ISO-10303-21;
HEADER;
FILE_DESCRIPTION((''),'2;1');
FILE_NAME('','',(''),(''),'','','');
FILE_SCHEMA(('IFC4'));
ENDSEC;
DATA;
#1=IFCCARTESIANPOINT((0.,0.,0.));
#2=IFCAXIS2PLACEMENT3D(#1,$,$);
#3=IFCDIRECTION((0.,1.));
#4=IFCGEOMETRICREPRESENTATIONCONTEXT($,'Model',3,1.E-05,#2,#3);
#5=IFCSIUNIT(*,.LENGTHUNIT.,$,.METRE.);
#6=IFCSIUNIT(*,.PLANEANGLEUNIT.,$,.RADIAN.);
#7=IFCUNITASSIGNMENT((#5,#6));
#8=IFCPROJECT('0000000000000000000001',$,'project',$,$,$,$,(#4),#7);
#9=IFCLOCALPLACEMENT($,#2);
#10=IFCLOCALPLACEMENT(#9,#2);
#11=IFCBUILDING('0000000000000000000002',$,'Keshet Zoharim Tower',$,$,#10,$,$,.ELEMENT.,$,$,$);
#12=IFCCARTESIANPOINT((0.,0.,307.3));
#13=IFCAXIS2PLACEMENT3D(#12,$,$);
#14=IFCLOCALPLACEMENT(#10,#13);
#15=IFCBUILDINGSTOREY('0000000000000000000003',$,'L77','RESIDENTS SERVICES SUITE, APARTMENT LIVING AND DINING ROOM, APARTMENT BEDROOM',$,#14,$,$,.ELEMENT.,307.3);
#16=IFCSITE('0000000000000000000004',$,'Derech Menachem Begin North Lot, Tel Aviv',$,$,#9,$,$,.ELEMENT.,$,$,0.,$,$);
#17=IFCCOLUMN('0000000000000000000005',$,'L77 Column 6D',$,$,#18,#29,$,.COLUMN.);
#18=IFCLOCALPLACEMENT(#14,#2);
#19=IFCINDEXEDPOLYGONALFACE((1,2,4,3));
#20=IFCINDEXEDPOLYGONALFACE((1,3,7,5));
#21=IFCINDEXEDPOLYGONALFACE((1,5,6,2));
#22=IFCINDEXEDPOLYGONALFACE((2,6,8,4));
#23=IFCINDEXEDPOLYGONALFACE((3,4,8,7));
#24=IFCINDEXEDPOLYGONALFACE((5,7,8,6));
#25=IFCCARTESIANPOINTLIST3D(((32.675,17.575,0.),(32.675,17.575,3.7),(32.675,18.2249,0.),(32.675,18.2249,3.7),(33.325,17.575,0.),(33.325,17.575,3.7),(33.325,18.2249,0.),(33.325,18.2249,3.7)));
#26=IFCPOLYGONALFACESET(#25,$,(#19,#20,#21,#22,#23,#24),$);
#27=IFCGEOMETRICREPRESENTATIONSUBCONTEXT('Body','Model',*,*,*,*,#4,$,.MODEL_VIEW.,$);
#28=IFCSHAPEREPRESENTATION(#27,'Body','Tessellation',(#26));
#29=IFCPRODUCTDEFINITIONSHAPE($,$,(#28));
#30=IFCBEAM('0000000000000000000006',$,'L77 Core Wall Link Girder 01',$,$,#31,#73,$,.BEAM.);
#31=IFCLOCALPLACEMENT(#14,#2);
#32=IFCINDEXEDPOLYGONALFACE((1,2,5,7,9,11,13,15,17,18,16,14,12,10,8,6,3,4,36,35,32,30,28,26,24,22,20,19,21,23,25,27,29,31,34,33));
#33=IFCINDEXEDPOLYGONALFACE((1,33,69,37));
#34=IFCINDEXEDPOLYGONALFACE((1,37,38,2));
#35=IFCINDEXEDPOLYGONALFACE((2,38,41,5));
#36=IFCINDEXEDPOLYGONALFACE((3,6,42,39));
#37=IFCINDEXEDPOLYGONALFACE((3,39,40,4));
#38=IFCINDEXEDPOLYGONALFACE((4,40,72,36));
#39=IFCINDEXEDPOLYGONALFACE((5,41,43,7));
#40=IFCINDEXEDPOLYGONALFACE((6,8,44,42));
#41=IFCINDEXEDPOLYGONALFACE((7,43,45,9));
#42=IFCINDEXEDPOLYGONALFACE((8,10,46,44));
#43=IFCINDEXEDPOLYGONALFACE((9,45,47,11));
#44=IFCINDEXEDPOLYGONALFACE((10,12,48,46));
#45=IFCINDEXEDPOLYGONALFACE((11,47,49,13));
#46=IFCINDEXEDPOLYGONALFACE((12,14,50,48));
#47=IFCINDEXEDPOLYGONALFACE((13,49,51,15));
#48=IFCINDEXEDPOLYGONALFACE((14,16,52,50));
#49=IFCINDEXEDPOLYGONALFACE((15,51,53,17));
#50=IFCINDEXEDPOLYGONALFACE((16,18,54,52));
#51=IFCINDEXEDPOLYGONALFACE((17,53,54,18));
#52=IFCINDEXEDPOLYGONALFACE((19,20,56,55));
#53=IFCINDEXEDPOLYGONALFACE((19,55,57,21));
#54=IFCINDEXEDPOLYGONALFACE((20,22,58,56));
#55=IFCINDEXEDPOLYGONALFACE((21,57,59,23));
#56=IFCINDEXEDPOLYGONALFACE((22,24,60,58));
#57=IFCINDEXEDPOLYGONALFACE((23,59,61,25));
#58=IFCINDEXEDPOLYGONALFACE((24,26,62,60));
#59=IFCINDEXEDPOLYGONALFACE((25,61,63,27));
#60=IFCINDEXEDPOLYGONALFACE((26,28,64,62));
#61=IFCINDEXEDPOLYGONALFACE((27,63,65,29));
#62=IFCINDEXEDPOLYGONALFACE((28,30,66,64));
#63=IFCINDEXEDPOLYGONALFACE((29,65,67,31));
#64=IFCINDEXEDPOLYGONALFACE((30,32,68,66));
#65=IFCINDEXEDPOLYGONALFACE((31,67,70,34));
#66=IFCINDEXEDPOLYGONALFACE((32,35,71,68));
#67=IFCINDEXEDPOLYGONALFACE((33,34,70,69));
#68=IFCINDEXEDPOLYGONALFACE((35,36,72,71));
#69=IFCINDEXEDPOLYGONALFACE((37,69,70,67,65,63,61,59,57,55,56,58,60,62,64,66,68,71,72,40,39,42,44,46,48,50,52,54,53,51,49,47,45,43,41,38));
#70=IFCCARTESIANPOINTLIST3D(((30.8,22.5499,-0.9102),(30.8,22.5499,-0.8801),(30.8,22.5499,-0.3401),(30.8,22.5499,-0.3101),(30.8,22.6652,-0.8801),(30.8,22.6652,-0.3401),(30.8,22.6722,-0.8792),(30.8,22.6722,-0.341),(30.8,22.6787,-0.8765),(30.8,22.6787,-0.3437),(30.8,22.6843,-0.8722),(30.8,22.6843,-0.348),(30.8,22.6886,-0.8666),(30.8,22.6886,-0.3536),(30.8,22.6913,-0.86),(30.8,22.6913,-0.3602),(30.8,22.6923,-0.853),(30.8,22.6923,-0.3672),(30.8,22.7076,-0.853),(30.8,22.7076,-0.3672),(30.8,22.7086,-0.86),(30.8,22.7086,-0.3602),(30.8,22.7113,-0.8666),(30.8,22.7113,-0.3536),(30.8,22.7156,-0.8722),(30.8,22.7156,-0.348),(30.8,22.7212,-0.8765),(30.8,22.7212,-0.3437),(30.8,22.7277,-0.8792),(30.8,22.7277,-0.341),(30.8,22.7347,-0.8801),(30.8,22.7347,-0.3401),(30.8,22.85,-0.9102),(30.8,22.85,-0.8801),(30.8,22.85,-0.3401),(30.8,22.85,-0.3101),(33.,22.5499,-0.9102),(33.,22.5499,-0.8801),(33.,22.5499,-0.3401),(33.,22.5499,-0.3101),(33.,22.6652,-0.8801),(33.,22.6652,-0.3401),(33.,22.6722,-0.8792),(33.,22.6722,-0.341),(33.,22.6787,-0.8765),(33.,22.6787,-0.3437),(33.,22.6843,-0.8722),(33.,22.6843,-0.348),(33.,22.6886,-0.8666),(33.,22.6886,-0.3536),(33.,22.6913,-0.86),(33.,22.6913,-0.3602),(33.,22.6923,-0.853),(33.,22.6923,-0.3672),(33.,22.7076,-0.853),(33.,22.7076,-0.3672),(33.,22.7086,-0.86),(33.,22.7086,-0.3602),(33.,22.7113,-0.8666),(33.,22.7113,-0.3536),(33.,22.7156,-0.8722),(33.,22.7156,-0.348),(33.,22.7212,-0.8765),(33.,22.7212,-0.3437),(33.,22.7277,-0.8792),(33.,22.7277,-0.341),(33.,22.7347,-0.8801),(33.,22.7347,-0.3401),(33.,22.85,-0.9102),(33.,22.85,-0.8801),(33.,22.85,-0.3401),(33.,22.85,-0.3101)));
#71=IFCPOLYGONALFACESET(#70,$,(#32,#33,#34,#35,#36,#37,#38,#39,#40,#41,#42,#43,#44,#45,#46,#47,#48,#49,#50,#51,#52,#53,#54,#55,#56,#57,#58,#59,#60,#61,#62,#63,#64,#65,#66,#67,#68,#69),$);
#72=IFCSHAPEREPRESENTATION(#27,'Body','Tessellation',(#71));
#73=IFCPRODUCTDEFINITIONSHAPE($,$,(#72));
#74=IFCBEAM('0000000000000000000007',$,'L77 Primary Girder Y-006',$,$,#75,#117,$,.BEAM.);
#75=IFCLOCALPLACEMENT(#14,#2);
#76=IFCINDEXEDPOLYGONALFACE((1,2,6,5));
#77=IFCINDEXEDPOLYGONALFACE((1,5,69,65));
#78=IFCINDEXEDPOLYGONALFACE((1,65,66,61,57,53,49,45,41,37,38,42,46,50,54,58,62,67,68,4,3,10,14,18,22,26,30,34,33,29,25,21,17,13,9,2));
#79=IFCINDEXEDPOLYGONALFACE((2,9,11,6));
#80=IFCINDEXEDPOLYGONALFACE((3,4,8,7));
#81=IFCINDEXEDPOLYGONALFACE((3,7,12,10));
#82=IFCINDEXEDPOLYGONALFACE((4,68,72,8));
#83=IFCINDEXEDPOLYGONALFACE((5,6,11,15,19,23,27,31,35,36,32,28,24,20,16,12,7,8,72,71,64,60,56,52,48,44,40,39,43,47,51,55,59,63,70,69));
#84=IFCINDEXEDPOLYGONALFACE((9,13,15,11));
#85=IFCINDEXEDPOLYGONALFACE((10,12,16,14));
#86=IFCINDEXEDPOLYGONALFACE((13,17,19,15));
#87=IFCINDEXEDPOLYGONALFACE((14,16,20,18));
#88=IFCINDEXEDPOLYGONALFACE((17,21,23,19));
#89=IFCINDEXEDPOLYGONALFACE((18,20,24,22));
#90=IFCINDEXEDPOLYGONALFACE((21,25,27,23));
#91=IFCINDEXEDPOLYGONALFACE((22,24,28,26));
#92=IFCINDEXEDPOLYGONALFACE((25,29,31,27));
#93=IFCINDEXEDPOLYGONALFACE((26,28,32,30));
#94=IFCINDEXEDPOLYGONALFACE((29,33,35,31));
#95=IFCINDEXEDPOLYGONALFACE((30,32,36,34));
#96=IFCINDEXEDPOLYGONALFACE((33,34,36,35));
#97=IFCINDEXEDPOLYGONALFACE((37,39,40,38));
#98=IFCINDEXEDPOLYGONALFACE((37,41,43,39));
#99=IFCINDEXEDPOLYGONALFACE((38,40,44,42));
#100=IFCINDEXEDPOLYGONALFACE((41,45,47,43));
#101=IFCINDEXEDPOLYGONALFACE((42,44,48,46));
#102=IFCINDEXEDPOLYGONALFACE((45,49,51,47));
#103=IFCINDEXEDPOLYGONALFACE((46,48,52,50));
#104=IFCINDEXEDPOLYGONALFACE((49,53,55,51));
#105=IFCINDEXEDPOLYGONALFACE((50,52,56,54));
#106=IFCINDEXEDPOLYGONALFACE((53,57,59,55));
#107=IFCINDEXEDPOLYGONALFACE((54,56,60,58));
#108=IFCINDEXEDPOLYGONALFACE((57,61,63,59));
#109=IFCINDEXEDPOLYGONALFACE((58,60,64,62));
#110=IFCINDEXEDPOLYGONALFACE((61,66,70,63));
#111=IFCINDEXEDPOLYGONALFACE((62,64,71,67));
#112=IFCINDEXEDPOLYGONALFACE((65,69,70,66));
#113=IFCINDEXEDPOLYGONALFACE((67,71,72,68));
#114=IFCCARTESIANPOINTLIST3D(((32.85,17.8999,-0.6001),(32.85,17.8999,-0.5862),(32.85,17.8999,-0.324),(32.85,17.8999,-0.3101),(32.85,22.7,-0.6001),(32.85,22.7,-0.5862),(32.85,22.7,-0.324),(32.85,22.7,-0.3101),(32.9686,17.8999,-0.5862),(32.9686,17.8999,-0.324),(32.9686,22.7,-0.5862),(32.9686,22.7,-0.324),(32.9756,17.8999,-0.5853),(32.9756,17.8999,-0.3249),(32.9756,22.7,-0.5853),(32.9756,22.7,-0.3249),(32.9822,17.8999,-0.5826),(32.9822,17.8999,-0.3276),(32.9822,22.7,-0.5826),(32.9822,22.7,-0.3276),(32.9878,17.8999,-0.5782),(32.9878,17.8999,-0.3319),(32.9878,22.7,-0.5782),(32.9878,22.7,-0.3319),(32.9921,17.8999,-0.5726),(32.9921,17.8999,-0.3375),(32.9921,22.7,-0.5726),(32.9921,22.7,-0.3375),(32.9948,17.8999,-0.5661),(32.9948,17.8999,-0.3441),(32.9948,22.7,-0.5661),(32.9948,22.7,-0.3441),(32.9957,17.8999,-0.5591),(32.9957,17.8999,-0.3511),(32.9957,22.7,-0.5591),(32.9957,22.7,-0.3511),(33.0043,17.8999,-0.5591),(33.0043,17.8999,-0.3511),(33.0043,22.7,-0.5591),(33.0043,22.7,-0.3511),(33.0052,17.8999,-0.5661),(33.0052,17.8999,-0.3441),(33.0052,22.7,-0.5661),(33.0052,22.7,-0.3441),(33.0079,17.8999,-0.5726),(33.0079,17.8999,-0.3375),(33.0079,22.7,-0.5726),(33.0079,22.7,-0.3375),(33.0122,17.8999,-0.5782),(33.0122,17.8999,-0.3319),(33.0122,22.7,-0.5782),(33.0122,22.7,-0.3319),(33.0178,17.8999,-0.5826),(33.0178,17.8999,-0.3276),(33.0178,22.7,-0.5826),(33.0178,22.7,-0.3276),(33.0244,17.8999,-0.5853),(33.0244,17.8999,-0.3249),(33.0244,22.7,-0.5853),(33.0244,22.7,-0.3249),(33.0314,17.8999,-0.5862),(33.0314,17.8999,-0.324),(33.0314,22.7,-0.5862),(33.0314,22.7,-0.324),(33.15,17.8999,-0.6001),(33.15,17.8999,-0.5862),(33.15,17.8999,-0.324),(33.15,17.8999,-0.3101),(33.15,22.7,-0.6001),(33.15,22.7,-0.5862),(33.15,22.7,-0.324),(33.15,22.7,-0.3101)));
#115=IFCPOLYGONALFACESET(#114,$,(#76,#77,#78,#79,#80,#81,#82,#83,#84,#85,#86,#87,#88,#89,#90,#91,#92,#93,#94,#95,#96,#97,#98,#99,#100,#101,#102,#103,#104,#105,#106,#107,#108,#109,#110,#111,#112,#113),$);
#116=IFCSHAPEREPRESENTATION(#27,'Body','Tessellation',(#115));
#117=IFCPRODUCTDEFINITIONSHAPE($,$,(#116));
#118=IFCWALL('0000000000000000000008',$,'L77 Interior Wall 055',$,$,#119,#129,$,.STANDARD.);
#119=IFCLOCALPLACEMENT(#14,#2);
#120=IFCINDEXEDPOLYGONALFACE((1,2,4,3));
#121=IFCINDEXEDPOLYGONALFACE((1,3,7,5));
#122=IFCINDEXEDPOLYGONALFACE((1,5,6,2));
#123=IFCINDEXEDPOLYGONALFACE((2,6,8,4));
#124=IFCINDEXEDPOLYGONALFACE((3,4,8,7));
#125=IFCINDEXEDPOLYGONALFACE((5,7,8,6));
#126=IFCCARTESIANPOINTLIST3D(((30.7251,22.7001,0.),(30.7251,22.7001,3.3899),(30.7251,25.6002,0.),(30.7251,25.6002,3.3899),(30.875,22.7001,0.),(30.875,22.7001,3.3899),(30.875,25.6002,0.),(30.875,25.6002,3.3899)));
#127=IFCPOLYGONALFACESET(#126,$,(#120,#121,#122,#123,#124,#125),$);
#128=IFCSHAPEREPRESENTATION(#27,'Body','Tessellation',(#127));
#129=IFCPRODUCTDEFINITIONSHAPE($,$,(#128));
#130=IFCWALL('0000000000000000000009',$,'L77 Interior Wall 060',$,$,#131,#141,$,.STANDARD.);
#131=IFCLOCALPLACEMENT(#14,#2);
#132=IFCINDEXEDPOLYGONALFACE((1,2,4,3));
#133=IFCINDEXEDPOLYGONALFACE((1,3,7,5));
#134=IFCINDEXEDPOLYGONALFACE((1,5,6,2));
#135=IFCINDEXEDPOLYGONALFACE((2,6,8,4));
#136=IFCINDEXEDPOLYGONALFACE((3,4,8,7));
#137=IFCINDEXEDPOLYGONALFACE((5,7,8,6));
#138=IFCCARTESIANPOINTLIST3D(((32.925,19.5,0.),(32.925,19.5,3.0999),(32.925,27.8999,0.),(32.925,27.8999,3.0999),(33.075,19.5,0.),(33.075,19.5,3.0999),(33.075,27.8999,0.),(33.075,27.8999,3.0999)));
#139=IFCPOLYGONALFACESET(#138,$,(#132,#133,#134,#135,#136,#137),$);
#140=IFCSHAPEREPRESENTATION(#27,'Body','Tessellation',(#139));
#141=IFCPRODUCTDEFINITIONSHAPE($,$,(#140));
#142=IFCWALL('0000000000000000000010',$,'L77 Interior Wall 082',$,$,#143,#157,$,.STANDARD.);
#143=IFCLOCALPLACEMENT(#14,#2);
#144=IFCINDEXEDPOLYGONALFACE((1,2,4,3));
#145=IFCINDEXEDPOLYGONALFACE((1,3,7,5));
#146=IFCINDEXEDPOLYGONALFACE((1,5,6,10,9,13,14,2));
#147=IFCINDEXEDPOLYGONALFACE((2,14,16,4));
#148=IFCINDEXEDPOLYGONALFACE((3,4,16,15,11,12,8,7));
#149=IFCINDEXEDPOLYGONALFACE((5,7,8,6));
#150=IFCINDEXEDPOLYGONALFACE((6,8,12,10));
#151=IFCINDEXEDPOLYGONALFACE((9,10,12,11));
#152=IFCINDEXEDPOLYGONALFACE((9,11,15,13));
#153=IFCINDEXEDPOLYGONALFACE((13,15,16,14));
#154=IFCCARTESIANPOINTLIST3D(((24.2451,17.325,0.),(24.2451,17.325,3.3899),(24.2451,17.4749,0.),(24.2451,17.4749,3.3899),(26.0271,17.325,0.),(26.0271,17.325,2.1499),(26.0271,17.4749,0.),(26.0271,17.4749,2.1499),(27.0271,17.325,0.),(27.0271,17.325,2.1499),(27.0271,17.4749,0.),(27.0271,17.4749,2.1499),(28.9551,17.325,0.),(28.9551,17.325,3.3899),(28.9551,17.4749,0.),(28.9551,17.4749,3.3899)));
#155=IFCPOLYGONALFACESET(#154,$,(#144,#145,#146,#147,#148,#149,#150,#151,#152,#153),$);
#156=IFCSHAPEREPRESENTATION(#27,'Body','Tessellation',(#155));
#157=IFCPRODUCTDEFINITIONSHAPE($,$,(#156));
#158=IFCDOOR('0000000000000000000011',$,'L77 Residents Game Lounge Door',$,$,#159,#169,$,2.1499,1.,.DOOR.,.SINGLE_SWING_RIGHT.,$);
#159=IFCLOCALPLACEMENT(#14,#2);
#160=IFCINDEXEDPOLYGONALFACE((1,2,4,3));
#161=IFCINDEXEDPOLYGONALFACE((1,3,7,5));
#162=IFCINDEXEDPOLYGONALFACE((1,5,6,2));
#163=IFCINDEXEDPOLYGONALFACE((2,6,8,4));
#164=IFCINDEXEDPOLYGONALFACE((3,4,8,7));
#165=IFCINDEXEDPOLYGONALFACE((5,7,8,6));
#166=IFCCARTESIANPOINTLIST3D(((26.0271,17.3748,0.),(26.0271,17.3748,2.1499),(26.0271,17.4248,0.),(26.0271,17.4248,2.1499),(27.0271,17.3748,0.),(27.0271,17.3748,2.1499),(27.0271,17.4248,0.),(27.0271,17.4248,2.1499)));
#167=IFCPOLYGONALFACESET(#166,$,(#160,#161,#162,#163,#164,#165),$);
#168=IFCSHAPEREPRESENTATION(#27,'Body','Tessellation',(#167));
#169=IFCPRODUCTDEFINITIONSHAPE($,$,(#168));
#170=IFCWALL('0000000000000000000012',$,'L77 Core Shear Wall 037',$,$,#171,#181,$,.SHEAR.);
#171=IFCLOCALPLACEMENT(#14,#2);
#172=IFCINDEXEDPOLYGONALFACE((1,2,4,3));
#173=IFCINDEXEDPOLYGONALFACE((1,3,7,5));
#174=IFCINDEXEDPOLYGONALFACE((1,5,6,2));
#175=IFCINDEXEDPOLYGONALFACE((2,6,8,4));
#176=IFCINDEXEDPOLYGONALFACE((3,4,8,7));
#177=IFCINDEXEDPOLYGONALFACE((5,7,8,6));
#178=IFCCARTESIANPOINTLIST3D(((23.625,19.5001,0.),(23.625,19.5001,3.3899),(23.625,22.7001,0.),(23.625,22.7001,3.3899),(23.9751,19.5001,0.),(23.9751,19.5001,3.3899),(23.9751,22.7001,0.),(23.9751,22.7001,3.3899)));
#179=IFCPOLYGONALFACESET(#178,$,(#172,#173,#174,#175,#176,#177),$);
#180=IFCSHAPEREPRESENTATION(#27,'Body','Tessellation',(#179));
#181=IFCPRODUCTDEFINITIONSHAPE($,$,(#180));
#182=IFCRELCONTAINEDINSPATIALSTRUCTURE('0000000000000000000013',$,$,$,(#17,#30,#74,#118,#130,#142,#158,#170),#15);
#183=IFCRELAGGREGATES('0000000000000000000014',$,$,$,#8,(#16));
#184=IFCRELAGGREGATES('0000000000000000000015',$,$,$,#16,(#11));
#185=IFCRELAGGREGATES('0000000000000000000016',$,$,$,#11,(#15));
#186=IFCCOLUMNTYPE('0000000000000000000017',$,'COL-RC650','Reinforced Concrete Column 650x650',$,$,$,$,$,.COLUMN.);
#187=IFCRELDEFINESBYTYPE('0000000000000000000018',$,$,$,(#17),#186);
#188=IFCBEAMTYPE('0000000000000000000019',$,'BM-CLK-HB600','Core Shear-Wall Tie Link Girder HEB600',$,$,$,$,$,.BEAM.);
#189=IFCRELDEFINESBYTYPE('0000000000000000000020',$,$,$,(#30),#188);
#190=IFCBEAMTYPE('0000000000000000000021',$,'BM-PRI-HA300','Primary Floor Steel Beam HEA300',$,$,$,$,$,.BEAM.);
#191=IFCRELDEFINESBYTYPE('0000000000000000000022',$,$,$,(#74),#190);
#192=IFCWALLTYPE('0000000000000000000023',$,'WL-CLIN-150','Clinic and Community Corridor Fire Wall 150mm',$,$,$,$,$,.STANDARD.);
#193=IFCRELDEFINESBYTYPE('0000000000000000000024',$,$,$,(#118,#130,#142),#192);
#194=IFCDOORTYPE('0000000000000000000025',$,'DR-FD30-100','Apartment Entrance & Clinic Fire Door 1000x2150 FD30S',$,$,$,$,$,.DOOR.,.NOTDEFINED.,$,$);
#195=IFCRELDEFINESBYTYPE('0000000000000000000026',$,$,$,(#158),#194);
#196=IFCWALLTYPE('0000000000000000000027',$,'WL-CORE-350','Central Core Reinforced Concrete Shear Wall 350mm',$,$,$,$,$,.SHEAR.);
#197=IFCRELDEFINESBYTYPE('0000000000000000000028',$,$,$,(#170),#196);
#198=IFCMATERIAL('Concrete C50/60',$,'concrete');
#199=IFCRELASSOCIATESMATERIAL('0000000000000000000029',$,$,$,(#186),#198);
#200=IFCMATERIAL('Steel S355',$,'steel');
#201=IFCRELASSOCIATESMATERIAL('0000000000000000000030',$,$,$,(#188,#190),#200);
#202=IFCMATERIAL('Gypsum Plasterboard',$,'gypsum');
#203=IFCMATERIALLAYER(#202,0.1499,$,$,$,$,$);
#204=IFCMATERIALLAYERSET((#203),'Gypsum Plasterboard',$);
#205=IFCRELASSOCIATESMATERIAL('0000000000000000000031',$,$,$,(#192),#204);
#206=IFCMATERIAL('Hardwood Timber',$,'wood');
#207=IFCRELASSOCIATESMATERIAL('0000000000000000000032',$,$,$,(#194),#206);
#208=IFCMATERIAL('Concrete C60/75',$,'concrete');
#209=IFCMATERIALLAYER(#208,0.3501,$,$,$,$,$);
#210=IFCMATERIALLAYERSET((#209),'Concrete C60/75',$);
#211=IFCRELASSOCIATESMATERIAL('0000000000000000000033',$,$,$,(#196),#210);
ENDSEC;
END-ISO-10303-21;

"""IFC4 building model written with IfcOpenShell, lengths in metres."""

from ifc_helpers import new_model, si_unit, direction, frame, frame_2d, origin, origin_2d, place, context, subcontext, project, spatial, rectangle, i_section, extrude, material, layer, layer_set, material_profile, profile_set, type_object, element, fill, save


model = new_model("IFC4")

# Units and contexts
model_context = context("Model", 3, precision=1e-05, world=origin(), true_north=direction((0.0, 1.0)))
body_context = subcontext(model_context, "Body", "Model", "MODEL_VIEW")
ifc_project = project(units=[si_unit("LENGTHUNIT", "METRE"), si_unit("PLANEANGLEUNIT", "RADIAN")], contexts=[model_context])

# Site, building, storey
site_placement = place(None, origin())
site = spatial("IfcSite", under=ifc_project, at=site_placement, Name="Derech Menachem Begin North Lot, Tel Aviv", CompositionType="ELEMENT", RefElevation=0.0)
building_placement = place(site_placement, origin())
building = spatial("IfcBuilding", under=site, at=building_placement, Name="Keshet Zoharim Tower", CompositionType="ELEMENT")
storey_placement = place(building_placement, frame((0.0, 0.0, 307.3)))
storey = spatial("IfcBuildingStorey", under=building, at=storey_placement, Name="L77", Description="RESIDENTS SERVICES SUITE, APARTMENT LIVING AND DINING ROOM, APARTMENT BEDROOM", CompositionType="ELEMENT", Elevation=307.3)

# Column
ifc_material_1 = material(Name="Concrete C50/60", Category="concrete")
ifc_material_profile_1 = material_profile(ifc_material_1, rectangle(XDim=0.6499, YDim=0.6499, at=origin_2d()), Name="RC650x650")
ifc_profile_set_1 = profile_set([ifc_material_profile_1], Name="Concrete C50/60")
column_type = type_object("IfcColumnType", Name="COL-RC650", Description="Reinforced Concrete Column 650x650", PredefinedType="COLUMN", material=ifc_profile_set_1)
column_placement = place(storey_placement, frame((33.0, 17.8999, 0.0), z_axis=(0.0, 0.0, 1.0), x_axis=(1.0, 0.0, 0.0)))
element("IfcColumn", 1, at=column_placement, inside=storey, type_object=column_type, Name="L77 Column 6D", PredefinedType="COLUMN", context=body_context, shape_type="SweptSolid", body=[
    extrude(rectangle(XDim=0.6499, YDim=0.6499, at=origin_2d()), origin(), (0.0, 0.0, 1.0), 3.7),
])

# Beams
ifc_material_2 = material(Name="Steel S355", Category="steel")
ifc_material_profile_2 = material_profile(ifc_material_2, i_section(OverallWidth=0.3, OverallDepth=0.6001, WebThickness=0.0154, FlangeThickness=0.03, FilletRadius=0.0271, at=origin_2d()), Name="HEB600")
ifc_profile_set_2 = profile_set([ifc_material_profile_2], Name="Steel S355")
beam_type_1 = type_object("IfcBeamType", Name="BM-CLK-HB600", Description="Core Shear-Wall Tie Link Girder HEB600", PredefinedType="BEAM", material=ifc_profile_set_2)
beam_1_placement = place(storey_placement, frame((30.8, 22.7, -0.6101), z_axis=(1.0, 0.0, 0.0), x_axis=(0.0, 1.0, 0.0)))
element("IfcBeam", 2, at=beam_1_placement, inside=storey, type_object=beam_type_1, Name="L77 Core Wall Link Girder 01", PredefinedType="BEAM", context=body_context, shape_type="SweptSolid", body=[
    extrude(i_section(OverallWidth=0.3, OverallDepth=0.6001, WebThickness=0.0154, FlangeThickness=0.03, FilletRadius=0.0271, at=origin_2d()), origin(), (0.0, 0.0, 1.0), 2.2),
])
ifc_material_profile_3 = material_profile(ifc_material_2, i_section(OverallWidth=0.3, OverallDepth=0.29, WebThickness=0.0085, FlangeThickness=0.0139, FilletRadius=0.0271, at=origin_2d()), Name="HEA300")
ifc_profile_set_3 = profile_set([ifc_material_profile_3], Name="Steel S355")
beam_type_2 = type_object("IfcBeamType", Name="BM-PRI-HA300", Description="Primary Floor Steel Beam HEA300", PredefinedType="BEAM", material=ifc_profile_set_3)
beam_2_placement = place(storey_placement, frame((33.0, 17.8999, -0.4551), z_axis=(0.0, 1.0, 0.0), x_axis=(-1.0, 0.0, 0.0)))
element("IfcBeam", 3, at=beam_2_placement, inside=storey, type_object=beam_type_2, Name="L77 Primary Girder Y-006", PredefinedType="BEAM", context=body_context, shape_type="SweptSolid", body=[
    extrude(i_section(OverallWidth=0.3, OverallDepth=0.29, WebThickness=0.0085, FlangeThickness=0.0139, FilletRadius=0.0271, at=origin_2d()), origin(), (0.0, 0.0, 1.0), 4.8),
])

# Walls
ifc_material_3 = material(Name="Gypsum Plasterboard", Category="gypsum")
ifc_layer_1 = layer(ifc_material_3, 0.1499)
ifc_layer_set_1 = layer_set([ifc_layer_1], Name="Gypsum Plasterboard")
wall_type_1 = type_object("IfcWallType", Name="WL-CLIN-150", Description="Clinic and Community Corridor Fire Wall 150mm", PredefinedType="STANDARD", material=ifc_layer_set_1)
wall_1_placement = place(storey_placement, frame((30.8, 22.7, 0.0), z_axis=(0.0, 0.0, 1.0), x_axis=(0.0, 1.0, 0.0)))
element("IfcWall", 4, at=wall_1_placement, inside=storey, type_object=wall_type_1, Name="L77 Interior Wall 055", PredefinedType="STANDARD", context=body_context, shape_type="SweptSolid", body=[
    extrude(rectangle(XDim=2.9001, YDim=0.1499, at=frame_2d((1.4502, 0.0))), origin(), (0.0, 0.0, 1.0), 3.3899),
])
wall_2_placement = place(storey_placement, frame((33.0, 19.5, 0.0), z_axis=(0.0, 0.0, 1.0), x_axis=(0.0, 1.0, 0.0)))
element("IfcWall", 5, at=wall_2_placement, inside=storey, type_object=wall_type_1, Name="L77 Interior Wall 060", PredefinedType="STANDARD", context=body_context, shape_type="SweptSolid", body=[
    extrude(rectangle(XDim=8.3999, YDim=0.1499, at=frame_2d((4.2, 0.0))), origin(), (0.0, 0.0, 1.0), 3.0999),
])

# Wall, opening, door
wall_3_placement = place(storey_placement, frame((24.2451, 17.3999, 0.0), z_axis=(0.0, 0.0, 1.0), x_axis=(1.0, 0.0, 0.0)))
wall_3 = element("IfcWall", 6, at=wall_3_placement, inside=storey, type_object=wall_type_1, Name="L77 Interior Wall 082", PredefinedType="STANDARD", context=body_context, shape_type="SweptSolid", body=[
    extrude(rectangle(XDim=4.71, YDim=0.1499, at=frame_2d((2.355, 0.0))), origin(), (0.0, 0.0, 1.0), 3.3899),
])
opening_1_placement = place(wall_3_placement, frame((1.782, 0.0, 0.0)))
opening_1 = element("IfcOpeningElement", 7, at=opening_1_placement, cuts=wall_3, PredefinedType="OPENING", context=body_context, shape_type="SweptSolid", body=[
    extrude(rectangle(XDim=1.0, YDim=2.1499, at=frame_2d((0.5, 1.075))), frame((0.0, 0.085, 0.0), z_axis=(0.0, -1.0, 0.0), x_axis=(1.0, 0.0, 0.0)), (0.0, 0.0, 1.0), 0.1699),
])
ifc_material_4 = material(Name="Hardwood Timber", Category="wood")
door_type_1 = type_object("IfcDoorType", Name="DR-FD30-100", Description="Apartment Entrance & Clinic Fire Door 1000x2150 FD30S", OperationType="NOTDEFINED", PredefinedType="DOOR", material=ifc_material_4)
door_1_placement = place(opening_1_placement, origin())
door_1 = element("IfcDoor", 8, at=door_1_placement, inside=storey, type_object=door_type_1, Name="L77 Residents Game Lounge Door", OperationType="SINGLE_SWING_RIGHT", OverallHeight=2.1499, OverallWidth=1.0, PredefinedType="DOOR", context=body_context, shape_type="SweptSolid", body=[
    extrude(rectangle(XDim=1.0, YDim=2.1499, at=frame_2d((0.5, 1.075))), frame((0.0, 0.0249, 0.0), z_axis=(0.0, -1.0, 0.0), x_axis=(1.0, 0.0, 0.0)), (0.0, 0.0, 1.0), 0.05),
])
fill(opening_1, door_1)

# Wall
ifc_material_5 = material(Name="Concrete C60/75", Category="concrete")
ifc_layer_2 = layer(ifc_material_5, 0.3501)
ifc_layer_set_2 = layer_set([ifc_layer_2], Name="Concrete C60/75")
wall_type_2 = type_object("IfcWallType", Name="WL-CORE-350", Description="Central Core Reinforced Concrete Shear Wall 350mm", PredefinedType="SHEAR", material=ifc_layer_set_2)
wall_4_placement = place(storey_placement, frame((23.8, 19.5, 0.0), z_axis=(0.0, 0.0, 1.0), x_axis=(0.0, 1.0, 0.0)))
element("IfcWall", 9, at=wall_4_placement, inside=storey, type_object=wall_type_2, Name="L77 Core Shear Wall 037", PredefinedType="SHEAR", context=body_context, shape_type="SweptSolid", body=[
    extrude(rectangle(XDim=3.2, YDim=0.3501, at=frame_2d((1.6001, 0.0))), origin(), (0.0, 0.0, 1.0), 3.3899),
])

save(model, "model.ifc")
